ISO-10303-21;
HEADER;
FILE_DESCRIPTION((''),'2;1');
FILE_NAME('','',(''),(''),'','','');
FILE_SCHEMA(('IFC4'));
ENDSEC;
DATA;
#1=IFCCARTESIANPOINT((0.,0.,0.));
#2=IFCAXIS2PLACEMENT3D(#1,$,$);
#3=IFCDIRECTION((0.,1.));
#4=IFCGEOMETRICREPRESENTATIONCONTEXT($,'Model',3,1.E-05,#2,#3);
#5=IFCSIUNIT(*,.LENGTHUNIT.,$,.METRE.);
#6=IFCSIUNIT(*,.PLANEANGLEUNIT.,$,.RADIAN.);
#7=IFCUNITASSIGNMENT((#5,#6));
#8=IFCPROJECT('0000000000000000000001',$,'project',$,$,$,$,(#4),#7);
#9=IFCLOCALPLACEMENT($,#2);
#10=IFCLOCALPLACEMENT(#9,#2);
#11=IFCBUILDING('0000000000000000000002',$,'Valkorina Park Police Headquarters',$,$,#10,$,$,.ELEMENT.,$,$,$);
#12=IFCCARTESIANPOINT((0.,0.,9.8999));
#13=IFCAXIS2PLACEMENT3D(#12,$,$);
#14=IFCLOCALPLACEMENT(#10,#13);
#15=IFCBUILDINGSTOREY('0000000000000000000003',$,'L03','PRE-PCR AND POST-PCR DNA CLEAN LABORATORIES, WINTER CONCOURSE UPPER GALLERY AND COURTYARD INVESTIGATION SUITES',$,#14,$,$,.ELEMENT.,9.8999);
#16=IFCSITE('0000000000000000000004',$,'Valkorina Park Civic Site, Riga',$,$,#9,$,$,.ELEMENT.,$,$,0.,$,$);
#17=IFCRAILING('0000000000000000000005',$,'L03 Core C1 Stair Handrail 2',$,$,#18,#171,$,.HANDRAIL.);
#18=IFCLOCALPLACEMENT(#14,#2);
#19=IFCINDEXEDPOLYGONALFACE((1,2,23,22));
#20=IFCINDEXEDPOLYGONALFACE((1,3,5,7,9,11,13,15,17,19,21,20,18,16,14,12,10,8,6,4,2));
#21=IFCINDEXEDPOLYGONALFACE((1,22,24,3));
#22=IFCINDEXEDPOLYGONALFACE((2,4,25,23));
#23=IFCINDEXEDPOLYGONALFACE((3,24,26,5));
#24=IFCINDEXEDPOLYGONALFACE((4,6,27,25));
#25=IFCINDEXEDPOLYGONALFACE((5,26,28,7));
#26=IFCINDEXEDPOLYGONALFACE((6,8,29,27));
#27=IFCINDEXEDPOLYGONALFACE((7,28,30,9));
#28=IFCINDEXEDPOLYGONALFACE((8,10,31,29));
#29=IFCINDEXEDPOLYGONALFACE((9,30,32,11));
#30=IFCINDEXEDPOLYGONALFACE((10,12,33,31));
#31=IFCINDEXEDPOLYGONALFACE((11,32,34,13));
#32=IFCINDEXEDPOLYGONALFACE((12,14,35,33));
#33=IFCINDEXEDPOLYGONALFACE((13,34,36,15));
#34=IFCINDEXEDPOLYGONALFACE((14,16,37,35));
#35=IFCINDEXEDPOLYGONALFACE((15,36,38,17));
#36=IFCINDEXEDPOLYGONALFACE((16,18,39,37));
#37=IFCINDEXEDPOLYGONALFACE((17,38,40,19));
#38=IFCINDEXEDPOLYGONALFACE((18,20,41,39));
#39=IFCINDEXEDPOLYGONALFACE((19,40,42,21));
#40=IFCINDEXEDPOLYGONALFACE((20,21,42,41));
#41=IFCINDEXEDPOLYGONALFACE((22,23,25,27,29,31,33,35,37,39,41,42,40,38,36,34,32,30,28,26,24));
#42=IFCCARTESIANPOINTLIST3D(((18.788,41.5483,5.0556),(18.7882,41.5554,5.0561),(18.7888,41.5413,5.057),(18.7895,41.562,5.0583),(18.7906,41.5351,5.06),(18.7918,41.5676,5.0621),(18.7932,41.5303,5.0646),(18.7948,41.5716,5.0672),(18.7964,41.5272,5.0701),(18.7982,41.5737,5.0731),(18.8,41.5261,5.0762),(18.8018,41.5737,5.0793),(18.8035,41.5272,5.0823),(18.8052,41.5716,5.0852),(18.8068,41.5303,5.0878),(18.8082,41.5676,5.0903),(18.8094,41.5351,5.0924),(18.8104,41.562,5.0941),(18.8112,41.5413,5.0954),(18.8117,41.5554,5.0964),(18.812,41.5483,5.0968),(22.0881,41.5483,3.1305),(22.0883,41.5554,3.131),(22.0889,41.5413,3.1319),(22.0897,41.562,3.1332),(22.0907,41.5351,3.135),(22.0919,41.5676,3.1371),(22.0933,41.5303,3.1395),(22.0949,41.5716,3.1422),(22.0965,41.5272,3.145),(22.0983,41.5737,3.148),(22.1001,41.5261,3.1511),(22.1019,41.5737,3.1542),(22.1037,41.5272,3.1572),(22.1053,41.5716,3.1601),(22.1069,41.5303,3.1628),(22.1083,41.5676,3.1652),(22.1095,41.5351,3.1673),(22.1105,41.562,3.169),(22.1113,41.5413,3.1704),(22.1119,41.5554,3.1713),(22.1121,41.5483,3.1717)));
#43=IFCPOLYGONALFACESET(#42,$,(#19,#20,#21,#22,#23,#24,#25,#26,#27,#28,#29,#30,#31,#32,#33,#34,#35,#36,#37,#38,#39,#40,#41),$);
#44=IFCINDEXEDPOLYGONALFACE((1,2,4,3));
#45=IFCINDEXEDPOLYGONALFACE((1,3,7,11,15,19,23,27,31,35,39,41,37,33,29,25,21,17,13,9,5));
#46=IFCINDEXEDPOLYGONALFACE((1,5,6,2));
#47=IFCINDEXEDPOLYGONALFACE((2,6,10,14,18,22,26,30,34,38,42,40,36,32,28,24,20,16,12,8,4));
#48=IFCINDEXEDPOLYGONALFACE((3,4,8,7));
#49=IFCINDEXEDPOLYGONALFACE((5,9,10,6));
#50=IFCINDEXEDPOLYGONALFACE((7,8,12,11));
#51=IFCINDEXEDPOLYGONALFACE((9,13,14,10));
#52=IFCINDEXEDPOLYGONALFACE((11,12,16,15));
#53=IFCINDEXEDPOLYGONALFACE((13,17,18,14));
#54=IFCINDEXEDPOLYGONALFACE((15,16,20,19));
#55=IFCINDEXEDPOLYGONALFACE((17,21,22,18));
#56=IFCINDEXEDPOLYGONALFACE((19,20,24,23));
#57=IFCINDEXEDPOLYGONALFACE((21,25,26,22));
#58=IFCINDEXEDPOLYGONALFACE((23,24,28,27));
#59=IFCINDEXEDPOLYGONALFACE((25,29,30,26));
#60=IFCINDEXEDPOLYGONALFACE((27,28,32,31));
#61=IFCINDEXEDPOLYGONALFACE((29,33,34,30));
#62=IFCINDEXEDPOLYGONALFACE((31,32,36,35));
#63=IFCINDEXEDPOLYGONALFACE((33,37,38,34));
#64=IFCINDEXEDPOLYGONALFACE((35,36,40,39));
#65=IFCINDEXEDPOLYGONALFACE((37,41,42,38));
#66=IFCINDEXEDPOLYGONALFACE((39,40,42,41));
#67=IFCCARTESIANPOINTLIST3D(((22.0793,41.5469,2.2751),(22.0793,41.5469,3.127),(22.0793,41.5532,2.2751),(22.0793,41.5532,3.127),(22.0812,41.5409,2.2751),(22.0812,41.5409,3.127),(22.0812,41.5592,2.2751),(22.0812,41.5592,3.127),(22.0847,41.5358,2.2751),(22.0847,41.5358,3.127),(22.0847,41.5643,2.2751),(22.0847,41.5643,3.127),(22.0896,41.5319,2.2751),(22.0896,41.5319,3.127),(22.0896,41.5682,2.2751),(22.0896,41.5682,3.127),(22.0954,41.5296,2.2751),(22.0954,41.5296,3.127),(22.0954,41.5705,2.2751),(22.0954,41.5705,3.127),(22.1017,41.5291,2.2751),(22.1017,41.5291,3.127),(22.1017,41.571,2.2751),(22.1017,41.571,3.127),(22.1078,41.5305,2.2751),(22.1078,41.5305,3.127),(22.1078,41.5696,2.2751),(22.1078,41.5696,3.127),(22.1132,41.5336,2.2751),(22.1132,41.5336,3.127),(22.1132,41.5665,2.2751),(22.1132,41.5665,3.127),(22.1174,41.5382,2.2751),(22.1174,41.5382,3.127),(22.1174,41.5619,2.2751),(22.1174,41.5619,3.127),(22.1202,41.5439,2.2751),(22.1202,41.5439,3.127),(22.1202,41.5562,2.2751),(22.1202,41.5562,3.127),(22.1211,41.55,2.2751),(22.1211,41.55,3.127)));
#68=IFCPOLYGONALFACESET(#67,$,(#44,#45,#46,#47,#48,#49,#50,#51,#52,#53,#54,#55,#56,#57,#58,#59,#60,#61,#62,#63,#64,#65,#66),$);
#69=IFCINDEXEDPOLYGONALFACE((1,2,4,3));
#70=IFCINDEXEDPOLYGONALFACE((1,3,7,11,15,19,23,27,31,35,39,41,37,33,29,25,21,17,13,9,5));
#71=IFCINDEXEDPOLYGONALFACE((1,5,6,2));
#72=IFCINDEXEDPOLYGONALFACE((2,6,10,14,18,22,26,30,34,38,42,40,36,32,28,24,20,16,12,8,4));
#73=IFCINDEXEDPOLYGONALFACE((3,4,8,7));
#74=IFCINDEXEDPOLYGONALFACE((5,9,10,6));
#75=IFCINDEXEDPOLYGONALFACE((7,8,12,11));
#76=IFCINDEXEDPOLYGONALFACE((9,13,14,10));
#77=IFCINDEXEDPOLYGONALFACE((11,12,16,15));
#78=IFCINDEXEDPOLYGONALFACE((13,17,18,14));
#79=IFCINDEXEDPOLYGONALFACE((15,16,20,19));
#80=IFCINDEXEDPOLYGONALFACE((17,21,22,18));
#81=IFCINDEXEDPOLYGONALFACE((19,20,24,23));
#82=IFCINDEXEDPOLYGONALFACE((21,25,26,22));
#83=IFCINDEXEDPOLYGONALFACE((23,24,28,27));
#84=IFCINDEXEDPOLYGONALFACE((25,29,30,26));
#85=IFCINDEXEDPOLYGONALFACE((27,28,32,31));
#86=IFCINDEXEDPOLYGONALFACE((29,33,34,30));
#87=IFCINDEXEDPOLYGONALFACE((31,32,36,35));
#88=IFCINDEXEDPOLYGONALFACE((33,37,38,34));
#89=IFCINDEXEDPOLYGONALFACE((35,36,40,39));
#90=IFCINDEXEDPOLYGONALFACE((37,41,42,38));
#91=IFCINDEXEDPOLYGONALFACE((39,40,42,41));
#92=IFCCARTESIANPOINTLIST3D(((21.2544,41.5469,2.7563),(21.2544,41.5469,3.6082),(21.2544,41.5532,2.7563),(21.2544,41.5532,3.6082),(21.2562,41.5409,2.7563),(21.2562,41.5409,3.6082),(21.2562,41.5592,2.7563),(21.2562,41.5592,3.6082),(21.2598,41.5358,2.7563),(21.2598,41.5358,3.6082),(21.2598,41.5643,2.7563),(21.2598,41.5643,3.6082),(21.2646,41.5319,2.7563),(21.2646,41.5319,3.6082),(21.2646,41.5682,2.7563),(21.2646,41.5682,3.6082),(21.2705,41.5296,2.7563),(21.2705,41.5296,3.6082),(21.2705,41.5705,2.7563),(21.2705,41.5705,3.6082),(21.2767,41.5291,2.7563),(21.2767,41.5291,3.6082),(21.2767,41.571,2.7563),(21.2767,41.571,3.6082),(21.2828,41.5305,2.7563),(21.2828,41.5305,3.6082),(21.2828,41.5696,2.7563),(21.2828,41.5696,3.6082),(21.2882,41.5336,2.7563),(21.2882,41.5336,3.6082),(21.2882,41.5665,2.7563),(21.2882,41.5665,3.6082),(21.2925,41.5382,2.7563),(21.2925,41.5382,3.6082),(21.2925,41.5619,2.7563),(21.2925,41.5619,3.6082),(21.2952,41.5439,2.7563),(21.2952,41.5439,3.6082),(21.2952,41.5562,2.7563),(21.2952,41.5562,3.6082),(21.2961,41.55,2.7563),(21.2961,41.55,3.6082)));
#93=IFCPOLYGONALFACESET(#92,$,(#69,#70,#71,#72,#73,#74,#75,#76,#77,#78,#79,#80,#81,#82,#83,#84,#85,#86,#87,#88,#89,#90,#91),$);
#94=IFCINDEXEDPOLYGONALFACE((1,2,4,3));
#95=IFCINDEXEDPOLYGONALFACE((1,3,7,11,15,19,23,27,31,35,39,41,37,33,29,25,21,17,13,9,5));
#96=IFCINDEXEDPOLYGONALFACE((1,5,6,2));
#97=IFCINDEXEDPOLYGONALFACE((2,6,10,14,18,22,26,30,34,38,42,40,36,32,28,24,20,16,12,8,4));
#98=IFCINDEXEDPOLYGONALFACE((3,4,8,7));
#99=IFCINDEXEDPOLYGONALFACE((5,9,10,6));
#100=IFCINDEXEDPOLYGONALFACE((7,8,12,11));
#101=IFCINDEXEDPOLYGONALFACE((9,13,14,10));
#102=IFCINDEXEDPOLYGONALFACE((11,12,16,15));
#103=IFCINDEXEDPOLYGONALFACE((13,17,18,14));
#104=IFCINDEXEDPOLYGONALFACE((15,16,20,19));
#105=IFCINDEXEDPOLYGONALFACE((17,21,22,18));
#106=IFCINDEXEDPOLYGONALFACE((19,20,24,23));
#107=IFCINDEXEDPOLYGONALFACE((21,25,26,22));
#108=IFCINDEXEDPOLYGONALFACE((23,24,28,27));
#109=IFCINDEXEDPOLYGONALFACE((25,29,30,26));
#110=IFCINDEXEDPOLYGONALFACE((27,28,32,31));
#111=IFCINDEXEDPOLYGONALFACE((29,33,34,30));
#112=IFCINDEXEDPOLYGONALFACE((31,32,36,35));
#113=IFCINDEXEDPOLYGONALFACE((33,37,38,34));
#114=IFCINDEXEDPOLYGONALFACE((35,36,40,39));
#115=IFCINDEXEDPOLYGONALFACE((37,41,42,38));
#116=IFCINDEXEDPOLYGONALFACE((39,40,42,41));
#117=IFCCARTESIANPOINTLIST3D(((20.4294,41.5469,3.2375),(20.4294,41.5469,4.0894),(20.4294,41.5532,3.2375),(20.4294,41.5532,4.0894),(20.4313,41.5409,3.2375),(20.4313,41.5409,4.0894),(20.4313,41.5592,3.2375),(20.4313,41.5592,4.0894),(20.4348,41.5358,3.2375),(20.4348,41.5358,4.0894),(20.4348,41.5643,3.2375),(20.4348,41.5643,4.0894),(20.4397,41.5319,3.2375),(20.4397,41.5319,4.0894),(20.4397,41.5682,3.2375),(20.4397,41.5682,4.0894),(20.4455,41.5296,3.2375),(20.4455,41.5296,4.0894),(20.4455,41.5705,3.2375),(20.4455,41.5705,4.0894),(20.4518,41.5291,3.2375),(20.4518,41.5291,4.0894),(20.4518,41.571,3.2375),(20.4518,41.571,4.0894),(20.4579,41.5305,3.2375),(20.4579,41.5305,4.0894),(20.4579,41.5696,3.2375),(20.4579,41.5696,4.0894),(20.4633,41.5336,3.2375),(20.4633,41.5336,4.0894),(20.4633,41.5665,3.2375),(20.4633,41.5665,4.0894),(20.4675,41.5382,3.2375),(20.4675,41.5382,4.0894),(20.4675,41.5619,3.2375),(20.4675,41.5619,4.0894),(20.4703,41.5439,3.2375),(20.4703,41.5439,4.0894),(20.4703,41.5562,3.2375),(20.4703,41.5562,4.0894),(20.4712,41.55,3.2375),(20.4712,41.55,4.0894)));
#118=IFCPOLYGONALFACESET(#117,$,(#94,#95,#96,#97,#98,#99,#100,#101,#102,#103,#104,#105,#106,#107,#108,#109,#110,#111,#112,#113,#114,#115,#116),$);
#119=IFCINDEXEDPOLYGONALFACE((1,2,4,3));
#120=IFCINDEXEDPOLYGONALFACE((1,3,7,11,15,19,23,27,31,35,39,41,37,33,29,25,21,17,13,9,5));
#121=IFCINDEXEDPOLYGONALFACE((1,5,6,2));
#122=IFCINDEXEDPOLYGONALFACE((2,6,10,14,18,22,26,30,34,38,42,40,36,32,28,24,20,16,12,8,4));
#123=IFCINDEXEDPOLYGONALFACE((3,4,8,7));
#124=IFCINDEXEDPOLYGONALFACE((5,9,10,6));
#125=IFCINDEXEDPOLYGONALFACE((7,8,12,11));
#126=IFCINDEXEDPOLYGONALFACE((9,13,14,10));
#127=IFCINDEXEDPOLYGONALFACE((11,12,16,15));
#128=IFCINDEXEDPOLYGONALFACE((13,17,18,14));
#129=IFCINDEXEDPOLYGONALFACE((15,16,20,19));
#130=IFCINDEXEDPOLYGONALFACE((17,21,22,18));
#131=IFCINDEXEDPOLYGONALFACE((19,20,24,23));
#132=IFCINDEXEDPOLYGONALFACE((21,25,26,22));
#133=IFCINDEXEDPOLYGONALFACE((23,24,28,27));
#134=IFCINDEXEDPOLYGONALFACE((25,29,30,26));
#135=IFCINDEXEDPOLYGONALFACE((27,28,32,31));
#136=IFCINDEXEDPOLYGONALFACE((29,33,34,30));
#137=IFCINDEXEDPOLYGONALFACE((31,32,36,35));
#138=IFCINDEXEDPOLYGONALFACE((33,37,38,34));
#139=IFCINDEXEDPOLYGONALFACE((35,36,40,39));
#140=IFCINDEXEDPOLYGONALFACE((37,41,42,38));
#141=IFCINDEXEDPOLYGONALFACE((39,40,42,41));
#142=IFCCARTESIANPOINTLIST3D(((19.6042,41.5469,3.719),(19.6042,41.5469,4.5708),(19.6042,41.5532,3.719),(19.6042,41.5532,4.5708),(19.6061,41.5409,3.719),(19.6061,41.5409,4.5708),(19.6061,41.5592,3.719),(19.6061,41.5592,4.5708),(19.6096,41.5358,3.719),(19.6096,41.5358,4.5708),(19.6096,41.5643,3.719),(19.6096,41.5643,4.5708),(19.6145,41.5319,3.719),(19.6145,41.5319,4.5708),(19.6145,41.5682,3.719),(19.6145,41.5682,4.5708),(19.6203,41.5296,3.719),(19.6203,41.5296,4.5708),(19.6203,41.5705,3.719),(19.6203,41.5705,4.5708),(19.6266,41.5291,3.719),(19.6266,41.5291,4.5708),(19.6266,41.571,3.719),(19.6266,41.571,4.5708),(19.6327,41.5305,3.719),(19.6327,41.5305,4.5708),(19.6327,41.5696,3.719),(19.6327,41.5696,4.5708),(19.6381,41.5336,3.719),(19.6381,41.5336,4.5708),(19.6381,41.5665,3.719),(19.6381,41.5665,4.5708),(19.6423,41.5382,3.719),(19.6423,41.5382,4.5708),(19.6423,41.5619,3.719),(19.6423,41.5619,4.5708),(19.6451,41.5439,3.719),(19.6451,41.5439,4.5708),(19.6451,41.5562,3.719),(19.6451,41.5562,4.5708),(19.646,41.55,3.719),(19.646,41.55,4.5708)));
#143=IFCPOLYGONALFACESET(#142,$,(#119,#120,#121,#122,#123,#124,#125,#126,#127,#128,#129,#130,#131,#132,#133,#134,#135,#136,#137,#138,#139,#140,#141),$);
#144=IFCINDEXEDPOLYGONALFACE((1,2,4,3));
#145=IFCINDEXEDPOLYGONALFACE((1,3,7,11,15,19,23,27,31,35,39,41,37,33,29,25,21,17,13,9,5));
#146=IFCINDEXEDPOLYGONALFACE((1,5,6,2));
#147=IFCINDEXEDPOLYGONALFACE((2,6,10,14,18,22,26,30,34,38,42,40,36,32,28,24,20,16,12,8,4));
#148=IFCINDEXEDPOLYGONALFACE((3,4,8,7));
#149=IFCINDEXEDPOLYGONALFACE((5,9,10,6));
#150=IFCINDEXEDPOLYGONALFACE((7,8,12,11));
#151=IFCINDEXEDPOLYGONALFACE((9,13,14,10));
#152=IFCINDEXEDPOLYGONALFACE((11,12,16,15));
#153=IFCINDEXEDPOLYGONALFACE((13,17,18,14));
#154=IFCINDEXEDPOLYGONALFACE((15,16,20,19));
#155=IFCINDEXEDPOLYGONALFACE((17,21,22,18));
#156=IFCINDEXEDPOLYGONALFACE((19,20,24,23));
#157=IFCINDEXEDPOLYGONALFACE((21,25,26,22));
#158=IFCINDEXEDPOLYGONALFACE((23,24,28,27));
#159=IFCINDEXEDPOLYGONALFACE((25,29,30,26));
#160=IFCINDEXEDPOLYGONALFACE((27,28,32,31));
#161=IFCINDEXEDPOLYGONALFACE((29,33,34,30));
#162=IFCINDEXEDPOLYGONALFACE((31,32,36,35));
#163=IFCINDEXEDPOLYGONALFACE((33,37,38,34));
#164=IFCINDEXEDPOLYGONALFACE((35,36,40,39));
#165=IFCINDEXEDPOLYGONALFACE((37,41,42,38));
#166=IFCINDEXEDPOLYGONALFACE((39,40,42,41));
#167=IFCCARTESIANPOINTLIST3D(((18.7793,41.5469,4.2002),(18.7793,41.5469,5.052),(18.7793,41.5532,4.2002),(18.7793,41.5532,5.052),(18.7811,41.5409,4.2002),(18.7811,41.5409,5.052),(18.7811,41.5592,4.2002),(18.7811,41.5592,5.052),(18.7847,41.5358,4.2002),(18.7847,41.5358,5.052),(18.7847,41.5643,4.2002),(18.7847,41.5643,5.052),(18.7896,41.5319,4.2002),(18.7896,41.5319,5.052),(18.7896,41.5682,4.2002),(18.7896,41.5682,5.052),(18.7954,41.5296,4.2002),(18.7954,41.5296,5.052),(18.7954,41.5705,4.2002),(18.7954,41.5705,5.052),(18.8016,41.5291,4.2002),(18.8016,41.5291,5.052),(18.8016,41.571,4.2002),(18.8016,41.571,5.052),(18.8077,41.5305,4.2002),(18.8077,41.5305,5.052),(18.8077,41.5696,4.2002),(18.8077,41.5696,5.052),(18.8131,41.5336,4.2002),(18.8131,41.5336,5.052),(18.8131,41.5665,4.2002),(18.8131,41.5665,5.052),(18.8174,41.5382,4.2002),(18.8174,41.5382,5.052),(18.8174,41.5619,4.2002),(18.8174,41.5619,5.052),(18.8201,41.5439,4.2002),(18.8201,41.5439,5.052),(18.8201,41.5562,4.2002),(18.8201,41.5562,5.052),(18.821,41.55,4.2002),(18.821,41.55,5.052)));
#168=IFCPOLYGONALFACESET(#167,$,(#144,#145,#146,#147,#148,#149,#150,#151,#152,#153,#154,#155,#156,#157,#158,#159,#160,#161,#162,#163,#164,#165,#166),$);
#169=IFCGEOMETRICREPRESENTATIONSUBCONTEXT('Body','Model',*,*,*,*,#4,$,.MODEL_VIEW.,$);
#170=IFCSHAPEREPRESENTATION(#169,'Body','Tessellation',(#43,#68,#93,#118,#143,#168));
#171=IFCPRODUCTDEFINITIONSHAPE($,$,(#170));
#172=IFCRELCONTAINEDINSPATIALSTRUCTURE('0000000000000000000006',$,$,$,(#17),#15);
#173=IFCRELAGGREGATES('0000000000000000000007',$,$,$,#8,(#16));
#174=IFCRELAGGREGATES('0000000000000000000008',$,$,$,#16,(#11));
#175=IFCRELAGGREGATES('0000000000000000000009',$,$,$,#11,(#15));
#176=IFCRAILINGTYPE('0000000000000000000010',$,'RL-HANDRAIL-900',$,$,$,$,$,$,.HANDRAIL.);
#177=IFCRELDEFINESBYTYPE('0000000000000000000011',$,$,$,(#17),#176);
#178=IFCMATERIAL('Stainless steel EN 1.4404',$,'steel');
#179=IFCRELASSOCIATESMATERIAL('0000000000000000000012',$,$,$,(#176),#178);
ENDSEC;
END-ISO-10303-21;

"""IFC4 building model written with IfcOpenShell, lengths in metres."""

from ifc_helpers import new_model, si_unit, direction, frame, origin, origin_2d, place, context, subcontext, project, spatial, circle, extrude, material, type_object, element, save


model = new_model("IFC4")

# Units and contexts
model_context = context("Model", 3, precision=1e-05, world=origin(), true_north=direction((0.0, 1.0)))
body_context = subcontext(model_context, "Body", "Model", "MODEL_VIEW")
ifc_project = project(units=[si_unit("LENGTHUNIT", "METRE"), si_unit("PLANEANGLEUNIT", "RADIAN")], contexts=[model_context])

# Site, building, storey
site_placement = place(None, origin())
site = spatial("IfcSite", under=ifc_project, at=site_placement, Name="Valkorina Park Civic Site, Riga", CompositionType="ELEMENT", RefElevation=0.0)
building_placement = place(site_placement, origin())
building = spatial("IfcBuilding", under=site, at=building_placement, Name="Valkorina Park Police Headquarters", CompositionType="ELEMENT")
storey_placement = place(building_placement, frame((0.0, 0.0, 9.8999)))
storey = spatial("IfcBuildingStorey", under=building, at=storey_placement, Name="L03", Description="PRE-PCR AND POST-PCR DNA CLEAN LABORATORIES, WINTER CONCOURSE UPPER GALLERY AND COURTYARD INVESTIGATION SUITES", CompositionType="ELEMENT", Elevation=9.8999)

# Shared definitions
ifc_material_1 = material(Name="Stainless steel EN 1.4404", Category="steel")

# Railing
railing_type_1 = type_object("IfcRailingType", Name="RL-HANDRAIL-900", PredefinedType="HANDRAIL", material=ifc_material_1)
railing_1_placement = place(storey_placement, frame((22.1001, 41.55, 2.2751)))
element("IfcRailing", 1, at=railing_1_placement, inside=storey, type_object=railing_type_1, Name="L03 Core C1 Stair Handrail 2", PredefinedType="HANDRAIL", context=body_context, shape_type="SweptSolid", body=[
    extrude(circle(Radius=0.0239, at=origin_2d()), frame((0.0, 0.0, 0.876), z_axis=(-0.863777, 0.0, 0.503875), x_axis=(0.0, -1.0, 0.0)), (0.0, 0.0, 1.0), 3.8206),
    extrude(circle(Radius=0.021, at=origin_2d()), origin(), (0.0, 0.0, 1.0), 0.8518),
    extrude(circle(Radius=0.021, at=origin_2d()), frame((-0.825, 0.0, 0.4812)), (0.0, 0.0, 1.0), 0.8518),
    extrude(circle(Radius=0.021, at=origin_2d()), frame((-1.6499, 0.0, 0.9624)), (0.0, 0.0, 1.0), 0.8518),
    extrude(circle(Radius=0.021, at=origin_2d()), frame((-2.4751, 0.0, 1.4438)), (0.0, 0.0, 1.0), 0.8518),
    extrude(circle(Radius=0.021, at=origin_2d()), frame((-3.3, 0.0, 1.925)), (0.0, 0.0, 1.0), 0.8518),
])

save(model, "model.ifc")
